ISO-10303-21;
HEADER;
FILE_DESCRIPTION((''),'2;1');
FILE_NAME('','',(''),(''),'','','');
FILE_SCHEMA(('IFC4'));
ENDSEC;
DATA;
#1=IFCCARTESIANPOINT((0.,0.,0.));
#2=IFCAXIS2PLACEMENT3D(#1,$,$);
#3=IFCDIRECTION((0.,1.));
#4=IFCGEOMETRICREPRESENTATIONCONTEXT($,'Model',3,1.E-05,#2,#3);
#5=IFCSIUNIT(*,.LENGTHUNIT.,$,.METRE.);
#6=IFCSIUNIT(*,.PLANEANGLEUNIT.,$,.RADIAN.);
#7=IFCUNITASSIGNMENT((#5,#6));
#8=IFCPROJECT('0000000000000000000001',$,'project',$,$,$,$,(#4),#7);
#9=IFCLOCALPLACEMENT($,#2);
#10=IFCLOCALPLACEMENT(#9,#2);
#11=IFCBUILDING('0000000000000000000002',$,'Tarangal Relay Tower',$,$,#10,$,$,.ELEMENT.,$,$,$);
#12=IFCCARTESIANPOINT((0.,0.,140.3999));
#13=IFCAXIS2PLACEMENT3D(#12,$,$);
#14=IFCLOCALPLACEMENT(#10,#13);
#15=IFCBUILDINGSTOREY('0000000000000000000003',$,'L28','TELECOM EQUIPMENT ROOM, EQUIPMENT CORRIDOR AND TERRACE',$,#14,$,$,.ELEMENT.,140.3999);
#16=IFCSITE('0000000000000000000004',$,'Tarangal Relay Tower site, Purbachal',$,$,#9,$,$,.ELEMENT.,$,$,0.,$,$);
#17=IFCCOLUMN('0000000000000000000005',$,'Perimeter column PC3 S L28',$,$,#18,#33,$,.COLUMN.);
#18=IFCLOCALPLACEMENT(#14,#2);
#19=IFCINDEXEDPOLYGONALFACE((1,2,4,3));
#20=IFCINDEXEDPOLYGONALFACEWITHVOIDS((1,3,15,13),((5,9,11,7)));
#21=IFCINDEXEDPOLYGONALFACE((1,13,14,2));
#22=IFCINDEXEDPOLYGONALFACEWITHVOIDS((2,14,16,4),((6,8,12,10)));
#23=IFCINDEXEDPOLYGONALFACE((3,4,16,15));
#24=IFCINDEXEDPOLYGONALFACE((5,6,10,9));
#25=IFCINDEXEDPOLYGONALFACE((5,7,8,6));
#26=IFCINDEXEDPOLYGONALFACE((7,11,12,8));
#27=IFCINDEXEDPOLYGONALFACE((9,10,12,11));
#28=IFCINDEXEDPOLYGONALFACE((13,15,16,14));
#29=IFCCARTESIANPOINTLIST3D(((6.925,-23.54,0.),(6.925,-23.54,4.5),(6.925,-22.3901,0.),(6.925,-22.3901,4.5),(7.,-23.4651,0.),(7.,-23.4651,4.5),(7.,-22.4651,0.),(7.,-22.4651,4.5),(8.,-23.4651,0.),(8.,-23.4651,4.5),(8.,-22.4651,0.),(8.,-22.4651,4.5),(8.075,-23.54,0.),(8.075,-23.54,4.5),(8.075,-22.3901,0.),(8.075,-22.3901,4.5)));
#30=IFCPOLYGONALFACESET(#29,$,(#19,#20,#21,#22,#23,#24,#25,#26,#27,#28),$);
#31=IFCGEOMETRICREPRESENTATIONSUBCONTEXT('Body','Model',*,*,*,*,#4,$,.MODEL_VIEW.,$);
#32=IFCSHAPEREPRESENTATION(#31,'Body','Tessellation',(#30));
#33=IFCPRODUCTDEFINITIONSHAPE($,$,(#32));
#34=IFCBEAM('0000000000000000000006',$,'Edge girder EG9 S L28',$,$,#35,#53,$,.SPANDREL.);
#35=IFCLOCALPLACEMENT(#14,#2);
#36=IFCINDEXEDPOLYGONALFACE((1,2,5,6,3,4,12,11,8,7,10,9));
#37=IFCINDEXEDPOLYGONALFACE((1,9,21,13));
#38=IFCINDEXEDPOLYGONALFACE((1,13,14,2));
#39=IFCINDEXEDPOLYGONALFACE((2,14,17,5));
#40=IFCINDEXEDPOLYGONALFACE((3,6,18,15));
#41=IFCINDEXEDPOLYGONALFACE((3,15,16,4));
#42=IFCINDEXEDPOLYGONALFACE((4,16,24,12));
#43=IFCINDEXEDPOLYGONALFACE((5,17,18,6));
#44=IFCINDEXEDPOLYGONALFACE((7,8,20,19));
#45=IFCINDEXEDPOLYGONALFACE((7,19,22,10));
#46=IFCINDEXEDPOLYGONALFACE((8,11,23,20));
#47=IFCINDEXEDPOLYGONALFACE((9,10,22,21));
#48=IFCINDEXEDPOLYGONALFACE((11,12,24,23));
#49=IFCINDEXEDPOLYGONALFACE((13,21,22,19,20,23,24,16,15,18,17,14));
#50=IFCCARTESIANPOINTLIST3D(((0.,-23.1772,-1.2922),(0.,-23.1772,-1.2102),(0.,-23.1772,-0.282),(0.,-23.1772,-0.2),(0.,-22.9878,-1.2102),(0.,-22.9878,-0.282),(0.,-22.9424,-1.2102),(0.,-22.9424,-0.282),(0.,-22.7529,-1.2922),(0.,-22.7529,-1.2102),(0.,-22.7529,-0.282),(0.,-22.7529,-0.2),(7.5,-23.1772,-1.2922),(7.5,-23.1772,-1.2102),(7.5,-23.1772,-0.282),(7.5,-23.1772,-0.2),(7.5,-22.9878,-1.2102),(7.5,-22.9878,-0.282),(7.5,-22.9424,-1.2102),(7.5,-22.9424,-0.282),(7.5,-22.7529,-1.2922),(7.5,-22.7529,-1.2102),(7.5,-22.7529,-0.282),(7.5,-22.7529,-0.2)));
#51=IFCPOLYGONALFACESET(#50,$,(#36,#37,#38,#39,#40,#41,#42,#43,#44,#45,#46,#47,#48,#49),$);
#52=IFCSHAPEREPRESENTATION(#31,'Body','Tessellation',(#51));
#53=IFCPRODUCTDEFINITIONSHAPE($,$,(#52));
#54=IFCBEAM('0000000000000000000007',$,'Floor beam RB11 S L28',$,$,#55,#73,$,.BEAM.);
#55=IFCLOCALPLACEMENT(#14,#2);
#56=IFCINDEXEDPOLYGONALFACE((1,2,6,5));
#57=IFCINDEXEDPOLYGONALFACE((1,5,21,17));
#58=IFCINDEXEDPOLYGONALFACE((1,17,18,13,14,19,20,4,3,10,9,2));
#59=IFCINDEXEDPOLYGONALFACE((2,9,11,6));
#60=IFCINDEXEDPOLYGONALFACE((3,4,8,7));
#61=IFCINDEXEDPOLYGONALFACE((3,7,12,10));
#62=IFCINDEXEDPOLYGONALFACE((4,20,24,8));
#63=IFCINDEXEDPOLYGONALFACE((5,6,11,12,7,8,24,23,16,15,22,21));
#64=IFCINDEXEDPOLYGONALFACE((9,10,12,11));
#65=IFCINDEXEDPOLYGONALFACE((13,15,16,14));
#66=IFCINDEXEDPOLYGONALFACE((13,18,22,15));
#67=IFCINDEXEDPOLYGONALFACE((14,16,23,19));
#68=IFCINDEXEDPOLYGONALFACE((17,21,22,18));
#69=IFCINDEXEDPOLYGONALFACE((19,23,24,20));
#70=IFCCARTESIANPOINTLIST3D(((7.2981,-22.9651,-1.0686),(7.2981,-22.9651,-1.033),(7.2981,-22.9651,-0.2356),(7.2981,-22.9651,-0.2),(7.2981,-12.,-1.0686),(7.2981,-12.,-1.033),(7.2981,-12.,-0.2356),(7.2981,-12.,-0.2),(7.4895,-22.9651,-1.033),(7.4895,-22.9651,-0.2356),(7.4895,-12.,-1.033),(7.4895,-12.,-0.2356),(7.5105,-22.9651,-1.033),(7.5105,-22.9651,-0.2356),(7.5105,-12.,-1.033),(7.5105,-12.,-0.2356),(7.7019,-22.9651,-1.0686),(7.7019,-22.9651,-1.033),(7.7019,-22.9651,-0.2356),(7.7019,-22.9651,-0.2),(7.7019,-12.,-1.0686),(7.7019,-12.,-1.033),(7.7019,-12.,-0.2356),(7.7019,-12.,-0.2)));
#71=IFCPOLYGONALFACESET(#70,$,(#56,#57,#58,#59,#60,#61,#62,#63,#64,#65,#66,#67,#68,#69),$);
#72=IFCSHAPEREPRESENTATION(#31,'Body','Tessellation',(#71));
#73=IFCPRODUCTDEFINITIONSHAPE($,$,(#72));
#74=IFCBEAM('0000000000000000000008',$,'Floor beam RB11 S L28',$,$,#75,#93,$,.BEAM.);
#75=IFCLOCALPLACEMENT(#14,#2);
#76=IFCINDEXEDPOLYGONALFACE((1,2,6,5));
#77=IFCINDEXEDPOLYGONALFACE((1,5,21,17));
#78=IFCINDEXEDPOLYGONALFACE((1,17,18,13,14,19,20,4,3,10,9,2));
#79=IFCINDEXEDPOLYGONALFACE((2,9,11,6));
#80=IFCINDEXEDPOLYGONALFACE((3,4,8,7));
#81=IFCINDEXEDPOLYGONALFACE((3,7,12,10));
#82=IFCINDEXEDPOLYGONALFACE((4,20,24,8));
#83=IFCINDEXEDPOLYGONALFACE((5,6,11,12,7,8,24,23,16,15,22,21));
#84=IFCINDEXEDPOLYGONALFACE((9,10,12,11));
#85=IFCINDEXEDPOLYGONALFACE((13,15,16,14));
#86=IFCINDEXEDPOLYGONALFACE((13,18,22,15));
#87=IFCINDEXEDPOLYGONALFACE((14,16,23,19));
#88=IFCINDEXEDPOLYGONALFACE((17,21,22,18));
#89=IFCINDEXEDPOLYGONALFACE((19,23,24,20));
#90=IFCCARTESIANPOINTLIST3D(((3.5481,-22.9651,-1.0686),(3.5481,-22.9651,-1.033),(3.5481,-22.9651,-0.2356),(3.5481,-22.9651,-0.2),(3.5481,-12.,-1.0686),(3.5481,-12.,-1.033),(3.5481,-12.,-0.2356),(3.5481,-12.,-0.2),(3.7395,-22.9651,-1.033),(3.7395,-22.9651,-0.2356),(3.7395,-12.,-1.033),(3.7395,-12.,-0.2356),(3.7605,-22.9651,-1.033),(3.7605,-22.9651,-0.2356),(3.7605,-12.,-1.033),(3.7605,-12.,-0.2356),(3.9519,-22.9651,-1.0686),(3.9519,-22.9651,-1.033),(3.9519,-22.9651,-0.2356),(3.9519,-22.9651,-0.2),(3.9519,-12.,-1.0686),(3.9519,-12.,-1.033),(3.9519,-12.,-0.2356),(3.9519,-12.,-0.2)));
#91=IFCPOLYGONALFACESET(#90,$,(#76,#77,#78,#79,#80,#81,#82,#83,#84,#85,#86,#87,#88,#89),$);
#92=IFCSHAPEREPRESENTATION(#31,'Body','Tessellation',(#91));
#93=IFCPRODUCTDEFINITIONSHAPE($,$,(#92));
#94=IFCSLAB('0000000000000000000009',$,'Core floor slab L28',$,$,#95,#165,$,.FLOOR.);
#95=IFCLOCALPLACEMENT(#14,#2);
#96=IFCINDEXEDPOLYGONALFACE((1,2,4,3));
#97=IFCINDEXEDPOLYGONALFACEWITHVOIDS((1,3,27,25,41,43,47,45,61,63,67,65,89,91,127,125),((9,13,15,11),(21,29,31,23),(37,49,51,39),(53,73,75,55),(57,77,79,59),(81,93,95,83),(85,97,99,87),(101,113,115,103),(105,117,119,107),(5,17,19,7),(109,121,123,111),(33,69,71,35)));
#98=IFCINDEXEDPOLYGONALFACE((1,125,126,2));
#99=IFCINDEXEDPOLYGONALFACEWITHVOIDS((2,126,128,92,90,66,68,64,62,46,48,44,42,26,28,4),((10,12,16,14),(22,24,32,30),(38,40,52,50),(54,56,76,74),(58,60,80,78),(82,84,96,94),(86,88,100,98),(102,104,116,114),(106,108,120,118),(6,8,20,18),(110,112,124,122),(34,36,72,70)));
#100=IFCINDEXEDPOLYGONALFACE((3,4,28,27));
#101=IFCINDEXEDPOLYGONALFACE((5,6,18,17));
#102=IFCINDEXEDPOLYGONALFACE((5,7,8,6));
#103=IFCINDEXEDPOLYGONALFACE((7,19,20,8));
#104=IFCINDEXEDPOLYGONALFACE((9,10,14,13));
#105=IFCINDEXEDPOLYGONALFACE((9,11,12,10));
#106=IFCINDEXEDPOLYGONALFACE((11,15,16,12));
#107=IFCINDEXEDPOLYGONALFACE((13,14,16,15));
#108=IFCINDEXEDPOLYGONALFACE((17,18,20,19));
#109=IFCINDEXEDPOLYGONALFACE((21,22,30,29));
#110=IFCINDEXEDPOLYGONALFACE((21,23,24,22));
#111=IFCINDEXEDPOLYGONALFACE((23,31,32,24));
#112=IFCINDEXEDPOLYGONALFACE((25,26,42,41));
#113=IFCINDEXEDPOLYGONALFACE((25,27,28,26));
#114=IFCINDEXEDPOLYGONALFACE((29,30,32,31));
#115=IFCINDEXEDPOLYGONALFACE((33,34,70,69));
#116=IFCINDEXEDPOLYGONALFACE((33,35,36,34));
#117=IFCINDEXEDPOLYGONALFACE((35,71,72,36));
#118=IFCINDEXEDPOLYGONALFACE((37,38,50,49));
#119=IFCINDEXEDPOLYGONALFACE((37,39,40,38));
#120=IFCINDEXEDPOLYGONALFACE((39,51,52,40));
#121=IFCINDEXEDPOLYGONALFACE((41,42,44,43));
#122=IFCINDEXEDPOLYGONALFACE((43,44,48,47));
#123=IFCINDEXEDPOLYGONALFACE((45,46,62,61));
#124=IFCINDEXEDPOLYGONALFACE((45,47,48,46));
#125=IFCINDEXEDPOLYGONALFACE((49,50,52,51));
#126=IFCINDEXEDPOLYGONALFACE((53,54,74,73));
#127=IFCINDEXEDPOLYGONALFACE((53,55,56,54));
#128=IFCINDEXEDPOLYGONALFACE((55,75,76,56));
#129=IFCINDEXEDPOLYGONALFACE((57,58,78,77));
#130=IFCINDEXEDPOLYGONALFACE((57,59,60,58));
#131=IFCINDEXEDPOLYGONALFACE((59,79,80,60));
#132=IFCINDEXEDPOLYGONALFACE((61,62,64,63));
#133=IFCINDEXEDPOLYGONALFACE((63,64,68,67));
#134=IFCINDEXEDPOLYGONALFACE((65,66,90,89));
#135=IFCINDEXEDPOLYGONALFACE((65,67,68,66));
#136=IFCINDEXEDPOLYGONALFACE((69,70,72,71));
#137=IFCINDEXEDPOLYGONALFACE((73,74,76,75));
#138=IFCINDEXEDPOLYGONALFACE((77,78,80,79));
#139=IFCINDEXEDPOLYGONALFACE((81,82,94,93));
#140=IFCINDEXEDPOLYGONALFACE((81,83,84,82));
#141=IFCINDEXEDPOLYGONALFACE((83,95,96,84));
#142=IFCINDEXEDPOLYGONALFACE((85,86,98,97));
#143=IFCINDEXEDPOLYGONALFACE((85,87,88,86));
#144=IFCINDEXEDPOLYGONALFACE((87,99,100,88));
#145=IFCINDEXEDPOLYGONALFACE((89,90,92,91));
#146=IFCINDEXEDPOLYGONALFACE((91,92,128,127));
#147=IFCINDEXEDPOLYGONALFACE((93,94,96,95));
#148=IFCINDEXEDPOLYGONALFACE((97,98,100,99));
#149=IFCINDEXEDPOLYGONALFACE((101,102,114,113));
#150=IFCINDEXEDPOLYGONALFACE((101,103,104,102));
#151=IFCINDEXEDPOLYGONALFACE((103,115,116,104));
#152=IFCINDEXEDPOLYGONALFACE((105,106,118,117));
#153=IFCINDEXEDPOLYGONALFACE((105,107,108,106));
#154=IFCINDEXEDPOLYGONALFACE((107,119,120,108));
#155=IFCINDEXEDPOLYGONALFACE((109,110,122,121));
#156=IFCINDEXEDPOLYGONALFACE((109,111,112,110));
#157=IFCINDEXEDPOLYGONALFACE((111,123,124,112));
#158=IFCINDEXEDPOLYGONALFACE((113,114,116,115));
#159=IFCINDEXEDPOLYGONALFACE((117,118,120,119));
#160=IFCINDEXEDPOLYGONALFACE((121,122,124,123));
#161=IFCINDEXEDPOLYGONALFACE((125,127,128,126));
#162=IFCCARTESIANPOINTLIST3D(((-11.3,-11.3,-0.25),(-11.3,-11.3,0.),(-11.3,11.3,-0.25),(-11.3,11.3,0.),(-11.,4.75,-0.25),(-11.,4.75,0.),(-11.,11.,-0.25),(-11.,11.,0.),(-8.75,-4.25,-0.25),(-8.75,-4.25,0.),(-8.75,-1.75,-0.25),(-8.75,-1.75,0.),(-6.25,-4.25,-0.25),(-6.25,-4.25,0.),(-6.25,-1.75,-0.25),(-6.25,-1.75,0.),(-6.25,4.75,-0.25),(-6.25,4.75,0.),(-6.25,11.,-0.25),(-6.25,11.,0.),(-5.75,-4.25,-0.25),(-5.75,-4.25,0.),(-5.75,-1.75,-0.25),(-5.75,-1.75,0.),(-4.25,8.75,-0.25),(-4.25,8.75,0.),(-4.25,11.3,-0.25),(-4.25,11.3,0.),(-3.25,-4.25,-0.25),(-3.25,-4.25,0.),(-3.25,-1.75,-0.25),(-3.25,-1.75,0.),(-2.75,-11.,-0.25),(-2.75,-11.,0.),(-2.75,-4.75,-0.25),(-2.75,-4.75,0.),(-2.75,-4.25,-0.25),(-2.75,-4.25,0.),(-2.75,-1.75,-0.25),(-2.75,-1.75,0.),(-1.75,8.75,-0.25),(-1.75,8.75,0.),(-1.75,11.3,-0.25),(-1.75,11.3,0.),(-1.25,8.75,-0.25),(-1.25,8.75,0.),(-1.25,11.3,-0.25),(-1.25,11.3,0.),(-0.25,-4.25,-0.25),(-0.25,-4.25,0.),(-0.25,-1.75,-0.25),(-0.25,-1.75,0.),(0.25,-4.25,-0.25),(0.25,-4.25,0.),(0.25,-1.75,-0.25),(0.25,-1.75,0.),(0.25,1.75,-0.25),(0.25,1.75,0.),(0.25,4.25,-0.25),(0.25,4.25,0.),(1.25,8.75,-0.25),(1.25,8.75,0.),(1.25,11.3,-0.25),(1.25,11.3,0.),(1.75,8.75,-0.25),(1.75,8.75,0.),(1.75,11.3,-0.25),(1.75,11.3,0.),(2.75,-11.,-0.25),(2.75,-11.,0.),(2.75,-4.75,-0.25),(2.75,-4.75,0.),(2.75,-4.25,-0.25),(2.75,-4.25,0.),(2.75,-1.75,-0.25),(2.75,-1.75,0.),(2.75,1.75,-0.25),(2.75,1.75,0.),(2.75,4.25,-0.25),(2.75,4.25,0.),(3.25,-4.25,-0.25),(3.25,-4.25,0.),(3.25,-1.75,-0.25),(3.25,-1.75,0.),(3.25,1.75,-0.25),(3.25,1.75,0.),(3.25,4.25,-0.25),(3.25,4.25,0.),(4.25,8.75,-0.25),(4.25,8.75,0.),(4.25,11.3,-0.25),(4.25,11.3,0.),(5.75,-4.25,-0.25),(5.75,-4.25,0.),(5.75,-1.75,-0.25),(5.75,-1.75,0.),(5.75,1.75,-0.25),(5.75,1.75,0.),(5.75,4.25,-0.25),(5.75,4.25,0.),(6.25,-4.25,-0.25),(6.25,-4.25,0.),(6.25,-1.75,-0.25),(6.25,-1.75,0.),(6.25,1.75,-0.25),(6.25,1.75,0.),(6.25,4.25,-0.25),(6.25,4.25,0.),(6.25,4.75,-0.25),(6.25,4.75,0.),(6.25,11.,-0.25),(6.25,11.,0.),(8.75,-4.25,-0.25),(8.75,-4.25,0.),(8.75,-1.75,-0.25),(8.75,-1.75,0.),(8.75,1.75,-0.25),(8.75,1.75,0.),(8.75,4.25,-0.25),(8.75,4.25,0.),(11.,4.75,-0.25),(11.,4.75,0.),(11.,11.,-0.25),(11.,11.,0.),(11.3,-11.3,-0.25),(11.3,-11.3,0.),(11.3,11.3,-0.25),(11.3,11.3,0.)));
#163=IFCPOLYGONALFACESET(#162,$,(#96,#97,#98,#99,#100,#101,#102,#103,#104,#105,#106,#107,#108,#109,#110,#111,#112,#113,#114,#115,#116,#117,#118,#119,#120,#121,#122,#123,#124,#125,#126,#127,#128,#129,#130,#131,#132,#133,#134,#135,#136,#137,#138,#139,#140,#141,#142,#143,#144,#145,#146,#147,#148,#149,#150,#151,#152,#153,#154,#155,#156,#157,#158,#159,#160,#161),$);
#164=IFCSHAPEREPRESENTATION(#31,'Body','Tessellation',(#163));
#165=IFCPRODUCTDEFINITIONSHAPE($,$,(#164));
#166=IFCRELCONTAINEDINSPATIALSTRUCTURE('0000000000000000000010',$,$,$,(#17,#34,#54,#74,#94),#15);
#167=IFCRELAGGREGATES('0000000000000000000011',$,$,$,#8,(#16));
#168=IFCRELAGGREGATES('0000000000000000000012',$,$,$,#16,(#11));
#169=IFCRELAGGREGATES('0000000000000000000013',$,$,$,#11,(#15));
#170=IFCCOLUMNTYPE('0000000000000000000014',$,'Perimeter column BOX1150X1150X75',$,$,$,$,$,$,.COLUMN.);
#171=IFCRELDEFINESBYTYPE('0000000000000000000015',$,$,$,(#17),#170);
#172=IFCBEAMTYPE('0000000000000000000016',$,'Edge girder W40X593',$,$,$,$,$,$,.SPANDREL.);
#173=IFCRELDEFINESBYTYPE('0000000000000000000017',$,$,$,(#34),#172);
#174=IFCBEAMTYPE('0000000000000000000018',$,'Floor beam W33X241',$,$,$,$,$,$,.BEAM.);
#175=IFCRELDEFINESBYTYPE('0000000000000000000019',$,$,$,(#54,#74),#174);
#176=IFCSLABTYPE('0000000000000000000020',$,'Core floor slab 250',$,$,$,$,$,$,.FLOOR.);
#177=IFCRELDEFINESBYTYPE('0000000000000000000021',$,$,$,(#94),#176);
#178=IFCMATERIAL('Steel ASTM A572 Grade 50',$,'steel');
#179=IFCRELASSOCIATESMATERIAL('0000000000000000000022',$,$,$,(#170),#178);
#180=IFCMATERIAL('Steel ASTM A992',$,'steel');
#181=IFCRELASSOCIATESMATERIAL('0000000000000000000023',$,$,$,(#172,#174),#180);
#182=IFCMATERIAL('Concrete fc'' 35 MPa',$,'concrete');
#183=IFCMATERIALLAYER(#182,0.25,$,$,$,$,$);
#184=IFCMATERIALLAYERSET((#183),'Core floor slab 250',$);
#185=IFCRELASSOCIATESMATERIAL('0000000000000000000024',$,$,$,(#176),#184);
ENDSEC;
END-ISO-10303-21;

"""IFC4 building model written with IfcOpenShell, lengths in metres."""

from ifc_helpers import new_model, si_unit, direction, frame, origin, origin_2d, place, context, subcontext, project, spatial, polyline, hollow_rectangle, i_section, outline, extrude, material, layer, layer_set, material_profile, profile_set, type_object, element, save


model = new_model("IFC4")

# Units and contexts
model_context = context("Model", 3, precision=1e-05, world=origin(), true_north=direction((0.0, 1.0)))
body_context = subcontext(model_context, "Body", "Model", "MODEL_VIEW")
ifc_project = project(units=[si_unit("LENGTHUNIT", "METRE"), si_unit("PLANEANGLEUNIT", "RADIAN")], contexts=[model_context])

# Site, building, storey
site_placement = place(None, origin())
site = spatial("IfcSite", under=ifc_project, at=site_placement, Name="Tarangal Relay Tower site, Purbachal", CompositionType="ELEMENT", RefElevation=0.0)
building_placement = place(site_placement, origin())
building = spatial("IfcBuilding", under=site, at=building_placement, Name="Tarangal Relay Tower", CompositionType="ELEMENT")
storey_placement = place(building_placement, frame((0.0, 0.0, 140.3999)))
storey = spatial("IfcBuildingStorey", under=building, at=storey_placement, Name="L28", Description="TELECOM EQUIPMENT ROOM, EQUIPMENT CORRIDOR AND TERRACE", CompositionType="ELEMENT", Elevation=140.3999)

# Column
ifc_material_1 = material(Name="Steel ASTM A572 Grade 50", Category="steel")
ifc_material_profile_1 = material_profile(ifc_material_1, hollow_rectangle(XDim=1.1499, YDim=1.1499, WallThickness=0.075, at=origin_2d()), Name="BOX1150X1150X75")
ifc_profile_set_1 = profile_set([ifc_material_profile_1], Name="Steel ASTM A572 Grade 50")
column_type = type_object("IfcColumnType", Name="Perimeter column BOX1150X1150X75", PredefinedType="COLUMN", material=ifc_profile_set_1)
column_placement = place(storey_placement, frame((7.5, -22.9651, 0.0), z_axis=(0.0, 0.0, 1.0), x_axis=(1.0, 0.0, 0.0)))
element("IfcColumn", 1, at=column_placement, inside=storey, type_object=column_type, Name="Perimeter column PC3 S L28", PredefinedType="COLUMN", context=body_context, shape_type="SweptSolid", body=[
    extrude(hollow_rectangle(XDim=1.1499, YDim=1.1499, WallThickness=0.075, at=origin_2d()), origin(), (0.0, 0.0, 1.0), 4.5),
])

# Beams
ifc_material_2 = material(Name="Steel ASTM A992", Category="steel")
ifc_material_profile_2 = material_profile(ifc_material_2, i_section(OverallWidth=0.4243, OverallDepth=1.0923, WebThickness=0.0454, FlangeThickness=0.082, at=origin_2d()), Name="W40X593")
ifc_profile_set_2 = profile_set([ifc_material_profile_2], Name="Steel ASTM A992")
beam_type_1 = type_object("IfcBeamType", Name="Edge girder W40X593", PredefinedType="SPANDREL", material=ifc_profile_set_2)
beam_placement = place(storey_placement, frame((7.5, -22.9651, -0.7461), z_axis=(-1.0, 0.0, 0.0), x_axis=(0.0, -1.0, 0.0)))
element("IfcBeam", 2, at=beam_placement, inside=storey, type_object=beam_type_1, Name="Edge girder EG9 S L28", PredefinedType="SPANDREL", context=body_context, shape_type="SweptSolid", body=[
    extrude(i_section(OverallWidth=0.4243, OverallDepth=1.0923, WebThickness=0.0454, FlangeThickness=0.082, at=origin_2d()), origin(), (0.0, 0.0, 1.0), 7.5),
])
ifc_material_profile_3 = material_profile(ifc_material_2, i_section(OverallWidth=0.4038, OverallDepth=0.8687, WebThickness=0.021, FlangeThickness=0.0356, at=origin_2d()), Name="W33X241")
ifc_profile_set_3 = profile_set([ifc_material_profile_3], Name="Steel ASTM A992")
beam_type_2 = type_object("IfcBeamType", Name="Floor beam W33X241", PredefinedType="BEAM", material=ifc_profile_set_3)
for number, where, z_axis, x_axis, name in (
    (3, (7.5, -12.0, -0.6343), (0.0, -1.0, 0.0), (1.0, 0.0, 0.0), "Floor beam RB11 S L28"),
    (4, (3.75, -12.0, -0.6343), (0.0, -1.0, 0.0), (1.0, 0.0, 0.0), "Floor beam RB11 S L28"),
):
    element("IfcBeam", number, at=place(storey_placement, frame(where, z_axis=z_axis, x_axis=x_axis)), inside=storey, type_object=beam_type_2, Name=name, PredefinedType="BEAM", context=body_context, shape_type="SweptSolid", body=[
        extrude(i_section(OverallWidth=0.4038, OverallDepth=0.8687, WebThickness=0.021, FlangeThickness=0.0356, at=origin_2d()), origin(), (0.0, 0.0, 1.0), 10.9651),
    ])

# Slab
ifc_material_3 = material(Name="Concrete fc' 35 MPa", Category="concrete")
ifc_layer_1 = layer(ifc_material_3, 0.25)
ifc_layer_set_1 = layer_set([ifc_layer_1], Name="Core floor slab 250")
slab_type_1 = type_object("IfcSlabType", Name="Core floor slab 250", PredefinedType="FLOOR", material=ifc_layer_set_1)
slab_1_placement = place(storey_placement, frame((0.0, 0.0, -0.25)))
element("IfcSlab", 5, at=slab_1_placement, inside=storey, type_object=slab_type_1, Name="Core floor slab L28", PredefinedType="FLOOR", context=body_context, shape_type="SweptSolid", body=[
    extrude(outline(polyline([(11.3, 11.3), (11.3, -11.3), (-11.3, -11.3), (-11.3, 11.3), (-4.25, 11.3), (-4.25, 8.75), (-1.75, 8.75), (-1.75, 11.3), (-1.25, 11.3), (-1.25, 8.75), (1.25, 8.75), (1.25, 11.3), (1.75, 11.3), (1.75, 8.75), (4.25, 8.75), (4.25, 11.3), (11.3, 11.3)]), holes=[polyline([(2.75, -4.75), (-2.75, -4.75), (-2.75, -11.0), (2.75, -11.0), (2.75, -4.75)]), polyline([(-6.25, -4.25), (-6.25, -1.75), (-8.75, -1.75), (-8.75, -4.25), (-6.25, -4.25)]), polyline([(-3.25, -4.25), (-3.25, -1.75), (-5.75, -1.75), (-5.75, -4.25), (-3.25, -4.25)]), polyline([(-0.25, -4.25), (-0.25, -1.75), (-2.75, -1.75), (-2.75, -4.25), (-0.25, -4.25)]), polyline([(2.75, 1.75), (2.75, 4.25), (0.25, 4.25), (0.25, 1.75), (2.75, 1.75)]), polyline([(-6.25, 4.75), (-6.25, 11.0), (-11.0, 11.0), (-11.0, 4.75), (-6.25, 4.75)]), polyline([(2.75, -4.25), (2.75, -1.75), (0.25, -1.75), (0.25, -4.25), (2.75, -4.25)]), polyline([(5.75, -4.25), (5.75, -1.75), (3.25, -1.75), (3.25, -4.25), (5.75, -4.25)]), polyline([(8.75, -4.25), (8.75, -1.75), (6.25, -1.75), (6.25, -4.25), (8.75, -4.25)]), polyline([(5.75, 1.75), (5.75, 4.25), (3.25, 4.25), (3.25, 1.75), (5.75, 1.75)]), polyline([(8.75, 1.75), (8.75, 4.25), (6.25, 4.25), (6.25, 1.75), (8.75, 1.75)]), polyline([(11.0, 4.75), (11.0, 11.0), (6.25, 11.0), (6.25, 4.75), (11.0, 4.75)])]), origin(), (0.0, 0.0, 1.0), 0.25),
])

save(model, "model.ifc")
